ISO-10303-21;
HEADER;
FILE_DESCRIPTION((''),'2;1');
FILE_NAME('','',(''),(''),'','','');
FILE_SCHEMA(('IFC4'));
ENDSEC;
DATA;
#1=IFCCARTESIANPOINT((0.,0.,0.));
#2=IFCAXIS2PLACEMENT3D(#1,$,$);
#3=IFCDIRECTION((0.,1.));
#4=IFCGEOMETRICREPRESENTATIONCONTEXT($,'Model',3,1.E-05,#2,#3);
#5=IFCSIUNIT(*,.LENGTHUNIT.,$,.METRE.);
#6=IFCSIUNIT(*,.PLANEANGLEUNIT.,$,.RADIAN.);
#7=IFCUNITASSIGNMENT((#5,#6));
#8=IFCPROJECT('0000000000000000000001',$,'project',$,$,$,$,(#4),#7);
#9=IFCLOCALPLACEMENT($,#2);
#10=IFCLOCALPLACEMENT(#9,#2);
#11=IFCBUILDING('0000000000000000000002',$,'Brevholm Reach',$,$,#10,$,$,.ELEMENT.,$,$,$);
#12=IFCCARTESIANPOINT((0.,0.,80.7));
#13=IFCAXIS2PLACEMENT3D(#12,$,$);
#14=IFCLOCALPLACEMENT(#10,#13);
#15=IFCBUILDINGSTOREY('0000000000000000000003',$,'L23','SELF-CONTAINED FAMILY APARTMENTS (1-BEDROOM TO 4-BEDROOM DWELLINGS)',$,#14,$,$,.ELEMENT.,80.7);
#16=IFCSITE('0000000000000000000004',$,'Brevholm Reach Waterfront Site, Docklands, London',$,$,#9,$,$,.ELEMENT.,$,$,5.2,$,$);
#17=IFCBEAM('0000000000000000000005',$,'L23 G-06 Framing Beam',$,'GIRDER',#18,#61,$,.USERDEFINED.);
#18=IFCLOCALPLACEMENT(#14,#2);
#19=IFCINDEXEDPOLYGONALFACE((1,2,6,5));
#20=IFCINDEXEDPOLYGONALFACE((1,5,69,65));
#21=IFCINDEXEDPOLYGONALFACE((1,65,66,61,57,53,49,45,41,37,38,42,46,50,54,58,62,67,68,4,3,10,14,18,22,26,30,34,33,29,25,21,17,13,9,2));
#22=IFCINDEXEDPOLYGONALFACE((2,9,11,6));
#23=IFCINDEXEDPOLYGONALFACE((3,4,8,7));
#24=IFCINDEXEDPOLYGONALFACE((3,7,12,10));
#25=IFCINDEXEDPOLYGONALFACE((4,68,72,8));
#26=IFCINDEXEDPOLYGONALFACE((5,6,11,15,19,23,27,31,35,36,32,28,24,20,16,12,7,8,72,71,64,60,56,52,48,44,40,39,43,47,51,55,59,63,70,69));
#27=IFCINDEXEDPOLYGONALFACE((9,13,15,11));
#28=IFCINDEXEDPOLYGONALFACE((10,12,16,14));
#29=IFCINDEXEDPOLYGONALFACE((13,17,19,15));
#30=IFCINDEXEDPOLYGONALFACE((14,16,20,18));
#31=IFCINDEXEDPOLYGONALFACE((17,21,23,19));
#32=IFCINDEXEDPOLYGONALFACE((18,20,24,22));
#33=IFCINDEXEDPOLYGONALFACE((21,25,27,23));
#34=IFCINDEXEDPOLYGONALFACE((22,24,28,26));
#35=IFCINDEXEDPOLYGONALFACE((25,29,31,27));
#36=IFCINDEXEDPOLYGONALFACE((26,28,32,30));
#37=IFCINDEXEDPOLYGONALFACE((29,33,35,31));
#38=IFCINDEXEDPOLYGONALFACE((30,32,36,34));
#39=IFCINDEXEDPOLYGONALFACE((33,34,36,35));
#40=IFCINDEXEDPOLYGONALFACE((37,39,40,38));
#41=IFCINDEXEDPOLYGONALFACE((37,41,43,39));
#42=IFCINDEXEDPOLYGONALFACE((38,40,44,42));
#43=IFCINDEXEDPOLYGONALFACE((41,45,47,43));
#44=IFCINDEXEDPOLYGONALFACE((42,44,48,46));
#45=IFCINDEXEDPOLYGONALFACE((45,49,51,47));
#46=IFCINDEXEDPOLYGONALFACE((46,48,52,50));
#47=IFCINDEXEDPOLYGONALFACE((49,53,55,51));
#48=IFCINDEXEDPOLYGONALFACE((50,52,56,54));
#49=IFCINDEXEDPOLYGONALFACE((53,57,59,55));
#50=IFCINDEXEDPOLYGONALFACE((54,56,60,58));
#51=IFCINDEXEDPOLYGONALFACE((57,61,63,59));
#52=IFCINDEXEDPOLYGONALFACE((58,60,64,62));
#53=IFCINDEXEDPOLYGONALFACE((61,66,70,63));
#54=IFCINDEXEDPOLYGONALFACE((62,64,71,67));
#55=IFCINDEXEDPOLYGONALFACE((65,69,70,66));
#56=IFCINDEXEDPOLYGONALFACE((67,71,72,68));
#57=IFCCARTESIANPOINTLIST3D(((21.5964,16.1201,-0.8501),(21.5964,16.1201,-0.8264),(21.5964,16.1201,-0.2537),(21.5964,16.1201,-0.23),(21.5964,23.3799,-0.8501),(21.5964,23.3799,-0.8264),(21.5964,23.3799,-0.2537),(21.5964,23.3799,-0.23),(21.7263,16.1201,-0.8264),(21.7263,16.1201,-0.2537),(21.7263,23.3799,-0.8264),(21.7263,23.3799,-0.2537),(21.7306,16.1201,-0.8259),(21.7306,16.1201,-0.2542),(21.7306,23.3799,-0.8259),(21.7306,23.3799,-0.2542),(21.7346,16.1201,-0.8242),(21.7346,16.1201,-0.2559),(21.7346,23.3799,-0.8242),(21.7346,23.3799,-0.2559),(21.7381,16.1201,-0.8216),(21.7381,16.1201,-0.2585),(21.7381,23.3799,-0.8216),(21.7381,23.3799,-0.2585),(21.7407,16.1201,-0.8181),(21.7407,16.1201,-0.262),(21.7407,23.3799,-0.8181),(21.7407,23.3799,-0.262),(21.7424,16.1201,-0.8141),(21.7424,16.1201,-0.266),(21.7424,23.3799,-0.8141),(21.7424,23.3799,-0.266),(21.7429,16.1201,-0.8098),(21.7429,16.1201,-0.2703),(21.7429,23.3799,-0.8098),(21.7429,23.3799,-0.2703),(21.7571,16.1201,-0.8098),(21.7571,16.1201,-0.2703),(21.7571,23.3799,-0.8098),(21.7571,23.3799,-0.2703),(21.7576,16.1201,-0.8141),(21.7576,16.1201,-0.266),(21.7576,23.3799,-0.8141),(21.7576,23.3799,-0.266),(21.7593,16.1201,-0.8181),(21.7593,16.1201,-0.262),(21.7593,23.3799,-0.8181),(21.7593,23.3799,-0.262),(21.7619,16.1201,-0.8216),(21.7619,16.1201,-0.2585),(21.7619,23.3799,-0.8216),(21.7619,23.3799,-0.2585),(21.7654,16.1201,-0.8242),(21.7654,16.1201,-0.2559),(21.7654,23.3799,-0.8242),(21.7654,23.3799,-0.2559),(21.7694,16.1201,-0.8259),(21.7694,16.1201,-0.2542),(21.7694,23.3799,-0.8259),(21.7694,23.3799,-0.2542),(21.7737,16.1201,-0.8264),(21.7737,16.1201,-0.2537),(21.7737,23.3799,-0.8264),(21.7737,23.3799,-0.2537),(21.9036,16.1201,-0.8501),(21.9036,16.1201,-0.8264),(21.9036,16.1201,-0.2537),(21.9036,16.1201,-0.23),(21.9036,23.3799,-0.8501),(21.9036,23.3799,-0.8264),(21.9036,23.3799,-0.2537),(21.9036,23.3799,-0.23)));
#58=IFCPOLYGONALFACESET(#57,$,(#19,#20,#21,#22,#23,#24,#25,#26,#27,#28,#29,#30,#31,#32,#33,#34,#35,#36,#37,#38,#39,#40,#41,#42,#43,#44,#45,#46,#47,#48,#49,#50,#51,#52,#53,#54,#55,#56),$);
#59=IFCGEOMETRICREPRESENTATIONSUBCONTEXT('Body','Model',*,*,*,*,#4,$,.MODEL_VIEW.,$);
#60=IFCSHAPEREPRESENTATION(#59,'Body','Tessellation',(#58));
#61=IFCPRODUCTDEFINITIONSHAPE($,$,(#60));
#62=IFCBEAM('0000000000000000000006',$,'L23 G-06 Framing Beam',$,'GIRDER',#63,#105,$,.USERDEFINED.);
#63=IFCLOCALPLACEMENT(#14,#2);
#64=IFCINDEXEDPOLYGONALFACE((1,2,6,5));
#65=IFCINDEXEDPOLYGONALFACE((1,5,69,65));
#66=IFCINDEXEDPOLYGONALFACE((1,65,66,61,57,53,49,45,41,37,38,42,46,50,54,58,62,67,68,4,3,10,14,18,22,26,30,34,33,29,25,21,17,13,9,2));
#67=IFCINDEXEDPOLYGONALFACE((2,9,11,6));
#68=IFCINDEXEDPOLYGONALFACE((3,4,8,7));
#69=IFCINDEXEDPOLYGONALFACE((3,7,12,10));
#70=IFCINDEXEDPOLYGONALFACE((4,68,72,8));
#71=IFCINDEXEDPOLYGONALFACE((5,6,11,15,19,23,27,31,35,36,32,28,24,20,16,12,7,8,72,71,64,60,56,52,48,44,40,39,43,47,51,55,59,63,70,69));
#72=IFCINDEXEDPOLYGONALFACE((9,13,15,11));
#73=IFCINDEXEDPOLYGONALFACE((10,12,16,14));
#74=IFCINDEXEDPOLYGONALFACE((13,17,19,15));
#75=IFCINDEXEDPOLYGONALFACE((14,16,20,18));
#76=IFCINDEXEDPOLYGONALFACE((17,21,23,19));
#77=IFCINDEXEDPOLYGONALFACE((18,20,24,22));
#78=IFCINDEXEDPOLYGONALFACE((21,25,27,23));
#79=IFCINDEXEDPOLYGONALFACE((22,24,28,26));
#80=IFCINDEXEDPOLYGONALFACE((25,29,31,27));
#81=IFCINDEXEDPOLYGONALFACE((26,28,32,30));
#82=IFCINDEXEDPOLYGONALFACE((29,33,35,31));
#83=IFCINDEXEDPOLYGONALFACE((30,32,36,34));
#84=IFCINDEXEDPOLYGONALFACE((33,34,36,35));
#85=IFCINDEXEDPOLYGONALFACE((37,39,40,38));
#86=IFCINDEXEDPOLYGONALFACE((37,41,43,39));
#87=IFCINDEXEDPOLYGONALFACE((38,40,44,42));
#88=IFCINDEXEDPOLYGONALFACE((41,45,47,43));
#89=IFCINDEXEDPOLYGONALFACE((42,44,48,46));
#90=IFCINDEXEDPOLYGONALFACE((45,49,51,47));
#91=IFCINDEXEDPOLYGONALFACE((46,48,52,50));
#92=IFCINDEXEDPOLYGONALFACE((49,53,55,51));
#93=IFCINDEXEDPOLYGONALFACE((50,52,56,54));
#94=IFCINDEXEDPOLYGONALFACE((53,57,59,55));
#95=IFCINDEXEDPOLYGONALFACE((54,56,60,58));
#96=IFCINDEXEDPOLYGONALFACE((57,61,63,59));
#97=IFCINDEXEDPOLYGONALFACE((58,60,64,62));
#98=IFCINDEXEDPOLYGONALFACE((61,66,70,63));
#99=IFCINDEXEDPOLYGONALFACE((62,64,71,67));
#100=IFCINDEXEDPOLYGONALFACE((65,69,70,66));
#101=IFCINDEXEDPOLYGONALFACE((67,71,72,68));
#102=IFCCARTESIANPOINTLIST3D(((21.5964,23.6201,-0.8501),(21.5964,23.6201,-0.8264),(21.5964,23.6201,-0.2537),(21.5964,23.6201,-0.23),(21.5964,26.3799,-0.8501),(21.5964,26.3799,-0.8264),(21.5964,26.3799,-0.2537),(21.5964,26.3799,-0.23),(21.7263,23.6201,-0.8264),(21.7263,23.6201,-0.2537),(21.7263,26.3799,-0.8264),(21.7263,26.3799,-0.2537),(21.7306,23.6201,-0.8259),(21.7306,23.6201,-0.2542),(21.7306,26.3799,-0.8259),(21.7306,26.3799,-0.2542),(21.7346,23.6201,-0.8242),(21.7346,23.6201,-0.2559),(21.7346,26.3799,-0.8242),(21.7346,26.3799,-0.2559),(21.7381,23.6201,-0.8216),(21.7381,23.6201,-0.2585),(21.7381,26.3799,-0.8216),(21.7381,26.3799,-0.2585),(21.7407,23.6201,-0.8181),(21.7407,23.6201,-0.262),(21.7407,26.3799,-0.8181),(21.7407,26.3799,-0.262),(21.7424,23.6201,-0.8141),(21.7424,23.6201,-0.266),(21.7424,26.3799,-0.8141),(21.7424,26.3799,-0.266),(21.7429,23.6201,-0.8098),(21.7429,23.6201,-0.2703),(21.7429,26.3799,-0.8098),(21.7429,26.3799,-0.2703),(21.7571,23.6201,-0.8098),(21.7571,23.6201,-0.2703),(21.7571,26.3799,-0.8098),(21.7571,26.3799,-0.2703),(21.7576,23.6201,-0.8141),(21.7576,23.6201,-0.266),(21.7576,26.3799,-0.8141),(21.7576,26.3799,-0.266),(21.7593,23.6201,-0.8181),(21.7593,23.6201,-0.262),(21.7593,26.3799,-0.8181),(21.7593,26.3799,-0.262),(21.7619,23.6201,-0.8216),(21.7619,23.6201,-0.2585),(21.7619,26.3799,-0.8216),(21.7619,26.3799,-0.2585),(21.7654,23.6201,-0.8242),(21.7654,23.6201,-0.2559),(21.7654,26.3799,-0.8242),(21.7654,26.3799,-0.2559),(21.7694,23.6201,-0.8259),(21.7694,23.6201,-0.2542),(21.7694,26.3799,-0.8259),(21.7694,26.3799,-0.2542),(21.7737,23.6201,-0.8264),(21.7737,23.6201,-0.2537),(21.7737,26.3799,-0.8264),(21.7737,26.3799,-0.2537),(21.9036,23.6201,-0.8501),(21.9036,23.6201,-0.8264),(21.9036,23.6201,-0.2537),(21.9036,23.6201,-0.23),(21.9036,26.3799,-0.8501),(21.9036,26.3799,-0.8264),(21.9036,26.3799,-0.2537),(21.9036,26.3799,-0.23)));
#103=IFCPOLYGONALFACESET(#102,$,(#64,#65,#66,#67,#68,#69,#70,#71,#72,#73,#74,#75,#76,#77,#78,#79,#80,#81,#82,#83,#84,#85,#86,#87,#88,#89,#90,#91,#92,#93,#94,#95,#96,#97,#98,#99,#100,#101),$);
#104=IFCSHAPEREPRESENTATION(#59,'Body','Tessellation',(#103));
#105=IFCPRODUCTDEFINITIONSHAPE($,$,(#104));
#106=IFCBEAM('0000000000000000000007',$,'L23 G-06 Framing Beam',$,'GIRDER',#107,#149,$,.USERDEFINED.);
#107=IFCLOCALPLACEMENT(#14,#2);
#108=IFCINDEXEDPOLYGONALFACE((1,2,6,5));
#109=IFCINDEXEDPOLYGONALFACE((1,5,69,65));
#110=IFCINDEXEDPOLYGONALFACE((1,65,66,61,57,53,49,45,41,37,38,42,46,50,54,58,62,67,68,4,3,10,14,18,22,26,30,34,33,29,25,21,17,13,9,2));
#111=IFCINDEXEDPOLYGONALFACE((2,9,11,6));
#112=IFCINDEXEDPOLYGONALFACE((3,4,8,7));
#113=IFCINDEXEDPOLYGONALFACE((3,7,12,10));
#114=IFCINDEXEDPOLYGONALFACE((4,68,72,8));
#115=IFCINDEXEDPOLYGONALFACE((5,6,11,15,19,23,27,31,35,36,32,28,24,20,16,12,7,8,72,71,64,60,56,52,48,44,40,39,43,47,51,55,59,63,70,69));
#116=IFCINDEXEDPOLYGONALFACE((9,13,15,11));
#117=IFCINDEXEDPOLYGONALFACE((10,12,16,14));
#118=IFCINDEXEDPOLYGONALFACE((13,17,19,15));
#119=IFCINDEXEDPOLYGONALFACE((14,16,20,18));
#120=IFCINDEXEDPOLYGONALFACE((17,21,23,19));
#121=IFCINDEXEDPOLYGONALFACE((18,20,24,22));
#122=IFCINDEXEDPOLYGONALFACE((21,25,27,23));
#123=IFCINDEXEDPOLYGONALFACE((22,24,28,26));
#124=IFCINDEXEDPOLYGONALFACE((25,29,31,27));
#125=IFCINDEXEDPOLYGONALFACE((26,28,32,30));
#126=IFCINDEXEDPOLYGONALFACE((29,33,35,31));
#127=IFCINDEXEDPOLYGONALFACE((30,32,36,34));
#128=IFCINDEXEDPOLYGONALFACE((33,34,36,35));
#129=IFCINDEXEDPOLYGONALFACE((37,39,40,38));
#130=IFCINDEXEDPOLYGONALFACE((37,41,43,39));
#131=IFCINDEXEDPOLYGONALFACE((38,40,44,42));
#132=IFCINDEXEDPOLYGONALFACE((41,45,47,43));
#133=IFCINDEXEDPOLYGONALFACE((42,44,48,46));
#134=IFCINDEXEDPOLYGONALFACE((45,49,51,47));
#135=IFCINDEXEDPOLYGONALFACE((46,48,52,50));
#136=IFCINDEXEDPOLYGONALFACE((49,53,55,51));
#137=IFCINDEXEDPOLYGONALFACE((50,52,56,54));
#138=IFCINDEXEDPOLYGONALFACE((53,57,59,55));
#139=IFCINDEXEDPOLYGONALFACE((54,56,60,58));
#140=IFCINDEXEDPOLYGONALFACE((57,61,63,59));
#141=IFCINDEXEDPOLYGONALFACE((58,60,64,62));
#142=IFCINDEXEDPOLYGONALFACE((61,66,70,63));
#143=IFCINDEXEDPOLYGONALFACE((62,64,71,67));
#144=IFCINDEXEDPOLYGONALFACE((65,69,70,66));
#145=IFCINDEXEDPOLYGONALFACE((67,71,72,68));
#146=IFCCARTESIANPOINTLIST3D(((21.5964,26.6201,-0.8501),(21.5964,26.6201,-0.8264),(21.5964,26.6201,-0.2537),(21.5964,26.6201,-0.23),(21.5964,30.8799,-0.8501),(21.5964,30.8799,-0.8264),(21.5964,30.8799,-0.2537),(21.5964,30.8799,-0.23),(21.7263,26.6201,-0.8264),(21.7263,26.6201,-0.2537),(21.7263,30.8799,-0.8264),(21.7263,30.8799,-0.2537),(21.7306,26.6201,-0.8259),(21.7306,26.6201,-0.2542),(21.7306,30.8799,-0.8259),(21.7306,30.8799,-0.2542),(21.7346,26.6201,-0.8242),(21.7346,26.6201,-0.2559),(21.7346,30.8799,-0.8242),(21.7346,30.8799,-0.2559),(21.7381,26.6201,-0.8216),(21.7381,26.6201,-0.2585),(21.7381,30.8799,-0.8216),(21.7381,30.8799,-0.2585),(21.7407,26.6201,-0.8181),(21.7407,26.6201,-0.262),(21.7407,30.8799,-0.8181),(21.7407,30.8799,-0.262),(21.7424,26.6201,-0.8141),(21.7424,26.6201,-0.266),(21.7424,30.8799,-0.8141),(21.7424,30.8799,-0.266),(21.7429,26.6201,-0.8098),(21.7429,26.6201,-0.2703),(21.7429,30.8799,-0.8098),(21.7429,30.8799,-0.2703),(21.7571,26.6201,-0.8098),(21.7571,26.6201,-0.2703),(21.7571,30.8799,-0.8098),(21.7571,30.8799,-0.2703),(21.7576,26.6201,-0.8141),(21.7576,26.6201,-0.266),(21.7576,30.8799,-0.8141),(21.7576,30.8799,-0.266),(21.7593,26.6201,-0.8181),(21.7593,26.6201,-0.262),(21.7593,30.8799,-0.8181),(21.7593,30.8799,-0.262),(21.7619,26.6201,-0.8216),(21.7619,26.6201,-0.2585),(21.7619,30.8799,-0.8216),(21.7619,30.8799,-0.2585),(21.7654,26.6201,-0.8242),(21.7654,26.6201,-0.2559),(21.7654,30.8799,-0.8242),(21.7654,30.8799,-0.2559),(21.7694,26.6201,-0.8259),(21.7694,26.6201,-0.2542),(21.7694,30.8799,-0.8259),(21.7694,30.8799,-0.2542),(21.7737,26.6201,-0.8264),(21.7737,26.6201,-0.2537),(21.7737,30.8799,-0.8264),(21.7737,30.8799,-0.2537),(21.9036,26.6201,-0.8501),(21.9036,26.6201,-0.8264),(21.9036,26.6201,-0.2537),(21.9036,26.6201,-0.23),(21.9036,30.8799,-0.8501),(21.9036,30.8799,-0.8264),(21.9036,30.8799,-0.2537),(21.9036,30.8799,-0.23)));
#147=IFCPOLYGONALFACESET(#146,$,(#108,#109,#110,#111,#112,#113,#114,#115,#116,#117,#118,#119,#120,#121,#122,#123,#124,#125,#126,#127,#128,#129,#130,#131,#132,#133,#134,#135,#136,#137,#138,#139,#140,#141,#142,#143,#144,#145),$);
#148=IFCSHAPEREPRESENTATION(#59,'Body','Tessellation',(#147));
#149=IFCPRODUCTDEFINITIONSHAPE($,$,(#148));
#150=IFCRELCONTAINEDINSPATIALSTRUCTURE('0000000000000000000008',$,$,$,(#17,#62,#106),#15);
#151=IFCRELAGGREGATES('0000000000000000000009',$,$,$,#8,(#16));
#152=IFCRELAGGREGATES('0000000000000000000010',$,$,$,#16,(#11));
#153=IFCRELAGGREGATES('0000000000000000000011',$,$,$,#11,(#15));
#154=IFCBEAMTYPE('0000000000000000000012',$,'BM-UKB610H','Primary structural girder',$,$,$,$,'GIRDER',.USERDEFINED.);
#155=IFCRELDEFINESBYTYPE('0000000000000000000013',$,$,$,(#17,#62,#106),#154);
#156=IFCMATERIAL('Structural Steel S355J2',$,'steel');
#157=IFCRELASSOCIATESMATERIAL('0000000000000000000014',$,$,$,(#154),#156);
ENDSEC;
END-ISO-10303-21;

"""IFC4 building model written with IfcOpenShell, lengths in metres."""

from ifc_helpers import new_model, si_unit, direction, frame, origin, origin_2d, place, context, subcontext, project, spatial, i_section, extrude, material, material_profile, profile_set, type_object, element, save


model = new_model("IFC4")

# Units and contexts
model_context = context("Model", 3, precision=1e-05, world=origin(), true_north=direction((0.0, 1.0)))
body_context = subcontext(model_context, "Body", "Model", "MODEL_VIEW")
ifc_project = project(units=[si_unit("LENGTHUNIT", "METRE"), si_unit("PLANEANGLEUNIT", "RADIAN")], contexts=[model_context])

# Site, building, storey
site_placement = place(None, origin())
site = spatial("IfcSite", under=ifc_project, at=site_placement, Name="Brevholm Reach Waterfront Site, Docklands, London", CompositionType="ELEMENT", RefElevation=5.2)
building_placement = place(site_placement, origin())
building = spatial("IfcBuilding", under=site, at=building_placement, Name="Brevholm Reach", CompositionType="ELEMENT")
storey_placement = place(building_placement, frame((0.0, 0.0, 80.7)))
storey = spatial("IfcBuildingStorey", under=building, at=storey_placement, Name="L23", Description="SELF-CONTAINED FAMILY APARTMENTS (1-BEDROOM TO 4-BEDROOM DWELLINGS)", CompositionType="ELEMENT", Elevation=80.7)

# Beams
ifc_material_1 = material(Name="Structural Steel S355J2", Category="steel")
ifc_material_profile_1 = material_profile(ifc_material_1, i_section(OverallWidth=0.3071, OverallDepth=0.6201, WebThickness=0.0142, FlangeThickness=0.0237, FilletRadius=0.0166, at=origin_2d()), Name="UKB 610x305x179")
ifc_profile_set_1 = profile_set([ifc_material_profile_1], Name="Structural Steel S355J2")
beam_type_1 = type_object("IfcBeamType", Name="BM-UKB610H", Description="Primary structural girder", ElementType="GIRDER", PredefinedType="USERDEFINED", material=ifc_profile_set_1)
beam_1_placement = place(storey_placement, frame((21.75, 16.1201, -0.54), z_axis=(0.0, 1.0, 0.0), x_axis=(-1.0, 0.0, 0.0)))
element("IfcBeam", 1, at=beam_1_placement, inside=storey, type_object=beam_type_1, Name="L23 G-06 Framing Beam", ObjectType="GIRDER", PredefinedType="USERDEFINED", context=body_context, shape_type="SweptSolid", body=[
    extrude(i_section(OverallWidth=0.3071, OverallDepth=0.6201, WebThickness=0.0142, FlangeThickness=0.0237, FilletRadius=0.0166, at=origin_2d()), origin(), (0.0, 0.0, 1.0), 7.2598),
])
beam_2_placement = place(storey_placement, frame((21.75, 23.6201, -0.54), z_axis=(0.0, 1.0, 0.0), x_axis=(-1.0, 0.0, 0.0)))
element("IfcBeam", 2, at=beam_2_placement, inside=storey, type_object=beam_type_1, Name="L23 G-06 Framing Beam", ObjectType="GIRDER", PredefinedType="USERDEFINED", context=body_context, shape_type="SweptSolid", body=[
    extrude(i_section(OverallWidth=0.3071, OverallDepth=0.6201, WebThickness=0.0142, FlangeThickness=0.0237, FilletRadius=0.0166, at=origin_2d()), origin(), (0.0, 0.0, 1.0), 2.7598),
])
beam_3_placement = place(storey_placement, frame((21.75, 26.6201, -0.54), z_axis=(0.0, 1.0, 0.0), x_axis=(-1.0, 0.0, 0.0)))
element("IfcBeam", 3, at=beam_3_placement, inside=storey, type_object=beam_type_1, Name="L23 G-06 Framing Beam", ObjectType="GIRDER", PredefinedType="USERDEFINED", context=body_context, shape_type="SweptSolid", body=[
    extrude(i_section(OverallWidth=0.3071, OverallDepth=0.6201, WebThickness=0.0142, FlangeThickness=0.0237, FilletRadius=0.0166, at=origin_2d()), origin(), (0.0, 0.0, 1.0), 4.2598),
])

save(model, "model.ifc")
